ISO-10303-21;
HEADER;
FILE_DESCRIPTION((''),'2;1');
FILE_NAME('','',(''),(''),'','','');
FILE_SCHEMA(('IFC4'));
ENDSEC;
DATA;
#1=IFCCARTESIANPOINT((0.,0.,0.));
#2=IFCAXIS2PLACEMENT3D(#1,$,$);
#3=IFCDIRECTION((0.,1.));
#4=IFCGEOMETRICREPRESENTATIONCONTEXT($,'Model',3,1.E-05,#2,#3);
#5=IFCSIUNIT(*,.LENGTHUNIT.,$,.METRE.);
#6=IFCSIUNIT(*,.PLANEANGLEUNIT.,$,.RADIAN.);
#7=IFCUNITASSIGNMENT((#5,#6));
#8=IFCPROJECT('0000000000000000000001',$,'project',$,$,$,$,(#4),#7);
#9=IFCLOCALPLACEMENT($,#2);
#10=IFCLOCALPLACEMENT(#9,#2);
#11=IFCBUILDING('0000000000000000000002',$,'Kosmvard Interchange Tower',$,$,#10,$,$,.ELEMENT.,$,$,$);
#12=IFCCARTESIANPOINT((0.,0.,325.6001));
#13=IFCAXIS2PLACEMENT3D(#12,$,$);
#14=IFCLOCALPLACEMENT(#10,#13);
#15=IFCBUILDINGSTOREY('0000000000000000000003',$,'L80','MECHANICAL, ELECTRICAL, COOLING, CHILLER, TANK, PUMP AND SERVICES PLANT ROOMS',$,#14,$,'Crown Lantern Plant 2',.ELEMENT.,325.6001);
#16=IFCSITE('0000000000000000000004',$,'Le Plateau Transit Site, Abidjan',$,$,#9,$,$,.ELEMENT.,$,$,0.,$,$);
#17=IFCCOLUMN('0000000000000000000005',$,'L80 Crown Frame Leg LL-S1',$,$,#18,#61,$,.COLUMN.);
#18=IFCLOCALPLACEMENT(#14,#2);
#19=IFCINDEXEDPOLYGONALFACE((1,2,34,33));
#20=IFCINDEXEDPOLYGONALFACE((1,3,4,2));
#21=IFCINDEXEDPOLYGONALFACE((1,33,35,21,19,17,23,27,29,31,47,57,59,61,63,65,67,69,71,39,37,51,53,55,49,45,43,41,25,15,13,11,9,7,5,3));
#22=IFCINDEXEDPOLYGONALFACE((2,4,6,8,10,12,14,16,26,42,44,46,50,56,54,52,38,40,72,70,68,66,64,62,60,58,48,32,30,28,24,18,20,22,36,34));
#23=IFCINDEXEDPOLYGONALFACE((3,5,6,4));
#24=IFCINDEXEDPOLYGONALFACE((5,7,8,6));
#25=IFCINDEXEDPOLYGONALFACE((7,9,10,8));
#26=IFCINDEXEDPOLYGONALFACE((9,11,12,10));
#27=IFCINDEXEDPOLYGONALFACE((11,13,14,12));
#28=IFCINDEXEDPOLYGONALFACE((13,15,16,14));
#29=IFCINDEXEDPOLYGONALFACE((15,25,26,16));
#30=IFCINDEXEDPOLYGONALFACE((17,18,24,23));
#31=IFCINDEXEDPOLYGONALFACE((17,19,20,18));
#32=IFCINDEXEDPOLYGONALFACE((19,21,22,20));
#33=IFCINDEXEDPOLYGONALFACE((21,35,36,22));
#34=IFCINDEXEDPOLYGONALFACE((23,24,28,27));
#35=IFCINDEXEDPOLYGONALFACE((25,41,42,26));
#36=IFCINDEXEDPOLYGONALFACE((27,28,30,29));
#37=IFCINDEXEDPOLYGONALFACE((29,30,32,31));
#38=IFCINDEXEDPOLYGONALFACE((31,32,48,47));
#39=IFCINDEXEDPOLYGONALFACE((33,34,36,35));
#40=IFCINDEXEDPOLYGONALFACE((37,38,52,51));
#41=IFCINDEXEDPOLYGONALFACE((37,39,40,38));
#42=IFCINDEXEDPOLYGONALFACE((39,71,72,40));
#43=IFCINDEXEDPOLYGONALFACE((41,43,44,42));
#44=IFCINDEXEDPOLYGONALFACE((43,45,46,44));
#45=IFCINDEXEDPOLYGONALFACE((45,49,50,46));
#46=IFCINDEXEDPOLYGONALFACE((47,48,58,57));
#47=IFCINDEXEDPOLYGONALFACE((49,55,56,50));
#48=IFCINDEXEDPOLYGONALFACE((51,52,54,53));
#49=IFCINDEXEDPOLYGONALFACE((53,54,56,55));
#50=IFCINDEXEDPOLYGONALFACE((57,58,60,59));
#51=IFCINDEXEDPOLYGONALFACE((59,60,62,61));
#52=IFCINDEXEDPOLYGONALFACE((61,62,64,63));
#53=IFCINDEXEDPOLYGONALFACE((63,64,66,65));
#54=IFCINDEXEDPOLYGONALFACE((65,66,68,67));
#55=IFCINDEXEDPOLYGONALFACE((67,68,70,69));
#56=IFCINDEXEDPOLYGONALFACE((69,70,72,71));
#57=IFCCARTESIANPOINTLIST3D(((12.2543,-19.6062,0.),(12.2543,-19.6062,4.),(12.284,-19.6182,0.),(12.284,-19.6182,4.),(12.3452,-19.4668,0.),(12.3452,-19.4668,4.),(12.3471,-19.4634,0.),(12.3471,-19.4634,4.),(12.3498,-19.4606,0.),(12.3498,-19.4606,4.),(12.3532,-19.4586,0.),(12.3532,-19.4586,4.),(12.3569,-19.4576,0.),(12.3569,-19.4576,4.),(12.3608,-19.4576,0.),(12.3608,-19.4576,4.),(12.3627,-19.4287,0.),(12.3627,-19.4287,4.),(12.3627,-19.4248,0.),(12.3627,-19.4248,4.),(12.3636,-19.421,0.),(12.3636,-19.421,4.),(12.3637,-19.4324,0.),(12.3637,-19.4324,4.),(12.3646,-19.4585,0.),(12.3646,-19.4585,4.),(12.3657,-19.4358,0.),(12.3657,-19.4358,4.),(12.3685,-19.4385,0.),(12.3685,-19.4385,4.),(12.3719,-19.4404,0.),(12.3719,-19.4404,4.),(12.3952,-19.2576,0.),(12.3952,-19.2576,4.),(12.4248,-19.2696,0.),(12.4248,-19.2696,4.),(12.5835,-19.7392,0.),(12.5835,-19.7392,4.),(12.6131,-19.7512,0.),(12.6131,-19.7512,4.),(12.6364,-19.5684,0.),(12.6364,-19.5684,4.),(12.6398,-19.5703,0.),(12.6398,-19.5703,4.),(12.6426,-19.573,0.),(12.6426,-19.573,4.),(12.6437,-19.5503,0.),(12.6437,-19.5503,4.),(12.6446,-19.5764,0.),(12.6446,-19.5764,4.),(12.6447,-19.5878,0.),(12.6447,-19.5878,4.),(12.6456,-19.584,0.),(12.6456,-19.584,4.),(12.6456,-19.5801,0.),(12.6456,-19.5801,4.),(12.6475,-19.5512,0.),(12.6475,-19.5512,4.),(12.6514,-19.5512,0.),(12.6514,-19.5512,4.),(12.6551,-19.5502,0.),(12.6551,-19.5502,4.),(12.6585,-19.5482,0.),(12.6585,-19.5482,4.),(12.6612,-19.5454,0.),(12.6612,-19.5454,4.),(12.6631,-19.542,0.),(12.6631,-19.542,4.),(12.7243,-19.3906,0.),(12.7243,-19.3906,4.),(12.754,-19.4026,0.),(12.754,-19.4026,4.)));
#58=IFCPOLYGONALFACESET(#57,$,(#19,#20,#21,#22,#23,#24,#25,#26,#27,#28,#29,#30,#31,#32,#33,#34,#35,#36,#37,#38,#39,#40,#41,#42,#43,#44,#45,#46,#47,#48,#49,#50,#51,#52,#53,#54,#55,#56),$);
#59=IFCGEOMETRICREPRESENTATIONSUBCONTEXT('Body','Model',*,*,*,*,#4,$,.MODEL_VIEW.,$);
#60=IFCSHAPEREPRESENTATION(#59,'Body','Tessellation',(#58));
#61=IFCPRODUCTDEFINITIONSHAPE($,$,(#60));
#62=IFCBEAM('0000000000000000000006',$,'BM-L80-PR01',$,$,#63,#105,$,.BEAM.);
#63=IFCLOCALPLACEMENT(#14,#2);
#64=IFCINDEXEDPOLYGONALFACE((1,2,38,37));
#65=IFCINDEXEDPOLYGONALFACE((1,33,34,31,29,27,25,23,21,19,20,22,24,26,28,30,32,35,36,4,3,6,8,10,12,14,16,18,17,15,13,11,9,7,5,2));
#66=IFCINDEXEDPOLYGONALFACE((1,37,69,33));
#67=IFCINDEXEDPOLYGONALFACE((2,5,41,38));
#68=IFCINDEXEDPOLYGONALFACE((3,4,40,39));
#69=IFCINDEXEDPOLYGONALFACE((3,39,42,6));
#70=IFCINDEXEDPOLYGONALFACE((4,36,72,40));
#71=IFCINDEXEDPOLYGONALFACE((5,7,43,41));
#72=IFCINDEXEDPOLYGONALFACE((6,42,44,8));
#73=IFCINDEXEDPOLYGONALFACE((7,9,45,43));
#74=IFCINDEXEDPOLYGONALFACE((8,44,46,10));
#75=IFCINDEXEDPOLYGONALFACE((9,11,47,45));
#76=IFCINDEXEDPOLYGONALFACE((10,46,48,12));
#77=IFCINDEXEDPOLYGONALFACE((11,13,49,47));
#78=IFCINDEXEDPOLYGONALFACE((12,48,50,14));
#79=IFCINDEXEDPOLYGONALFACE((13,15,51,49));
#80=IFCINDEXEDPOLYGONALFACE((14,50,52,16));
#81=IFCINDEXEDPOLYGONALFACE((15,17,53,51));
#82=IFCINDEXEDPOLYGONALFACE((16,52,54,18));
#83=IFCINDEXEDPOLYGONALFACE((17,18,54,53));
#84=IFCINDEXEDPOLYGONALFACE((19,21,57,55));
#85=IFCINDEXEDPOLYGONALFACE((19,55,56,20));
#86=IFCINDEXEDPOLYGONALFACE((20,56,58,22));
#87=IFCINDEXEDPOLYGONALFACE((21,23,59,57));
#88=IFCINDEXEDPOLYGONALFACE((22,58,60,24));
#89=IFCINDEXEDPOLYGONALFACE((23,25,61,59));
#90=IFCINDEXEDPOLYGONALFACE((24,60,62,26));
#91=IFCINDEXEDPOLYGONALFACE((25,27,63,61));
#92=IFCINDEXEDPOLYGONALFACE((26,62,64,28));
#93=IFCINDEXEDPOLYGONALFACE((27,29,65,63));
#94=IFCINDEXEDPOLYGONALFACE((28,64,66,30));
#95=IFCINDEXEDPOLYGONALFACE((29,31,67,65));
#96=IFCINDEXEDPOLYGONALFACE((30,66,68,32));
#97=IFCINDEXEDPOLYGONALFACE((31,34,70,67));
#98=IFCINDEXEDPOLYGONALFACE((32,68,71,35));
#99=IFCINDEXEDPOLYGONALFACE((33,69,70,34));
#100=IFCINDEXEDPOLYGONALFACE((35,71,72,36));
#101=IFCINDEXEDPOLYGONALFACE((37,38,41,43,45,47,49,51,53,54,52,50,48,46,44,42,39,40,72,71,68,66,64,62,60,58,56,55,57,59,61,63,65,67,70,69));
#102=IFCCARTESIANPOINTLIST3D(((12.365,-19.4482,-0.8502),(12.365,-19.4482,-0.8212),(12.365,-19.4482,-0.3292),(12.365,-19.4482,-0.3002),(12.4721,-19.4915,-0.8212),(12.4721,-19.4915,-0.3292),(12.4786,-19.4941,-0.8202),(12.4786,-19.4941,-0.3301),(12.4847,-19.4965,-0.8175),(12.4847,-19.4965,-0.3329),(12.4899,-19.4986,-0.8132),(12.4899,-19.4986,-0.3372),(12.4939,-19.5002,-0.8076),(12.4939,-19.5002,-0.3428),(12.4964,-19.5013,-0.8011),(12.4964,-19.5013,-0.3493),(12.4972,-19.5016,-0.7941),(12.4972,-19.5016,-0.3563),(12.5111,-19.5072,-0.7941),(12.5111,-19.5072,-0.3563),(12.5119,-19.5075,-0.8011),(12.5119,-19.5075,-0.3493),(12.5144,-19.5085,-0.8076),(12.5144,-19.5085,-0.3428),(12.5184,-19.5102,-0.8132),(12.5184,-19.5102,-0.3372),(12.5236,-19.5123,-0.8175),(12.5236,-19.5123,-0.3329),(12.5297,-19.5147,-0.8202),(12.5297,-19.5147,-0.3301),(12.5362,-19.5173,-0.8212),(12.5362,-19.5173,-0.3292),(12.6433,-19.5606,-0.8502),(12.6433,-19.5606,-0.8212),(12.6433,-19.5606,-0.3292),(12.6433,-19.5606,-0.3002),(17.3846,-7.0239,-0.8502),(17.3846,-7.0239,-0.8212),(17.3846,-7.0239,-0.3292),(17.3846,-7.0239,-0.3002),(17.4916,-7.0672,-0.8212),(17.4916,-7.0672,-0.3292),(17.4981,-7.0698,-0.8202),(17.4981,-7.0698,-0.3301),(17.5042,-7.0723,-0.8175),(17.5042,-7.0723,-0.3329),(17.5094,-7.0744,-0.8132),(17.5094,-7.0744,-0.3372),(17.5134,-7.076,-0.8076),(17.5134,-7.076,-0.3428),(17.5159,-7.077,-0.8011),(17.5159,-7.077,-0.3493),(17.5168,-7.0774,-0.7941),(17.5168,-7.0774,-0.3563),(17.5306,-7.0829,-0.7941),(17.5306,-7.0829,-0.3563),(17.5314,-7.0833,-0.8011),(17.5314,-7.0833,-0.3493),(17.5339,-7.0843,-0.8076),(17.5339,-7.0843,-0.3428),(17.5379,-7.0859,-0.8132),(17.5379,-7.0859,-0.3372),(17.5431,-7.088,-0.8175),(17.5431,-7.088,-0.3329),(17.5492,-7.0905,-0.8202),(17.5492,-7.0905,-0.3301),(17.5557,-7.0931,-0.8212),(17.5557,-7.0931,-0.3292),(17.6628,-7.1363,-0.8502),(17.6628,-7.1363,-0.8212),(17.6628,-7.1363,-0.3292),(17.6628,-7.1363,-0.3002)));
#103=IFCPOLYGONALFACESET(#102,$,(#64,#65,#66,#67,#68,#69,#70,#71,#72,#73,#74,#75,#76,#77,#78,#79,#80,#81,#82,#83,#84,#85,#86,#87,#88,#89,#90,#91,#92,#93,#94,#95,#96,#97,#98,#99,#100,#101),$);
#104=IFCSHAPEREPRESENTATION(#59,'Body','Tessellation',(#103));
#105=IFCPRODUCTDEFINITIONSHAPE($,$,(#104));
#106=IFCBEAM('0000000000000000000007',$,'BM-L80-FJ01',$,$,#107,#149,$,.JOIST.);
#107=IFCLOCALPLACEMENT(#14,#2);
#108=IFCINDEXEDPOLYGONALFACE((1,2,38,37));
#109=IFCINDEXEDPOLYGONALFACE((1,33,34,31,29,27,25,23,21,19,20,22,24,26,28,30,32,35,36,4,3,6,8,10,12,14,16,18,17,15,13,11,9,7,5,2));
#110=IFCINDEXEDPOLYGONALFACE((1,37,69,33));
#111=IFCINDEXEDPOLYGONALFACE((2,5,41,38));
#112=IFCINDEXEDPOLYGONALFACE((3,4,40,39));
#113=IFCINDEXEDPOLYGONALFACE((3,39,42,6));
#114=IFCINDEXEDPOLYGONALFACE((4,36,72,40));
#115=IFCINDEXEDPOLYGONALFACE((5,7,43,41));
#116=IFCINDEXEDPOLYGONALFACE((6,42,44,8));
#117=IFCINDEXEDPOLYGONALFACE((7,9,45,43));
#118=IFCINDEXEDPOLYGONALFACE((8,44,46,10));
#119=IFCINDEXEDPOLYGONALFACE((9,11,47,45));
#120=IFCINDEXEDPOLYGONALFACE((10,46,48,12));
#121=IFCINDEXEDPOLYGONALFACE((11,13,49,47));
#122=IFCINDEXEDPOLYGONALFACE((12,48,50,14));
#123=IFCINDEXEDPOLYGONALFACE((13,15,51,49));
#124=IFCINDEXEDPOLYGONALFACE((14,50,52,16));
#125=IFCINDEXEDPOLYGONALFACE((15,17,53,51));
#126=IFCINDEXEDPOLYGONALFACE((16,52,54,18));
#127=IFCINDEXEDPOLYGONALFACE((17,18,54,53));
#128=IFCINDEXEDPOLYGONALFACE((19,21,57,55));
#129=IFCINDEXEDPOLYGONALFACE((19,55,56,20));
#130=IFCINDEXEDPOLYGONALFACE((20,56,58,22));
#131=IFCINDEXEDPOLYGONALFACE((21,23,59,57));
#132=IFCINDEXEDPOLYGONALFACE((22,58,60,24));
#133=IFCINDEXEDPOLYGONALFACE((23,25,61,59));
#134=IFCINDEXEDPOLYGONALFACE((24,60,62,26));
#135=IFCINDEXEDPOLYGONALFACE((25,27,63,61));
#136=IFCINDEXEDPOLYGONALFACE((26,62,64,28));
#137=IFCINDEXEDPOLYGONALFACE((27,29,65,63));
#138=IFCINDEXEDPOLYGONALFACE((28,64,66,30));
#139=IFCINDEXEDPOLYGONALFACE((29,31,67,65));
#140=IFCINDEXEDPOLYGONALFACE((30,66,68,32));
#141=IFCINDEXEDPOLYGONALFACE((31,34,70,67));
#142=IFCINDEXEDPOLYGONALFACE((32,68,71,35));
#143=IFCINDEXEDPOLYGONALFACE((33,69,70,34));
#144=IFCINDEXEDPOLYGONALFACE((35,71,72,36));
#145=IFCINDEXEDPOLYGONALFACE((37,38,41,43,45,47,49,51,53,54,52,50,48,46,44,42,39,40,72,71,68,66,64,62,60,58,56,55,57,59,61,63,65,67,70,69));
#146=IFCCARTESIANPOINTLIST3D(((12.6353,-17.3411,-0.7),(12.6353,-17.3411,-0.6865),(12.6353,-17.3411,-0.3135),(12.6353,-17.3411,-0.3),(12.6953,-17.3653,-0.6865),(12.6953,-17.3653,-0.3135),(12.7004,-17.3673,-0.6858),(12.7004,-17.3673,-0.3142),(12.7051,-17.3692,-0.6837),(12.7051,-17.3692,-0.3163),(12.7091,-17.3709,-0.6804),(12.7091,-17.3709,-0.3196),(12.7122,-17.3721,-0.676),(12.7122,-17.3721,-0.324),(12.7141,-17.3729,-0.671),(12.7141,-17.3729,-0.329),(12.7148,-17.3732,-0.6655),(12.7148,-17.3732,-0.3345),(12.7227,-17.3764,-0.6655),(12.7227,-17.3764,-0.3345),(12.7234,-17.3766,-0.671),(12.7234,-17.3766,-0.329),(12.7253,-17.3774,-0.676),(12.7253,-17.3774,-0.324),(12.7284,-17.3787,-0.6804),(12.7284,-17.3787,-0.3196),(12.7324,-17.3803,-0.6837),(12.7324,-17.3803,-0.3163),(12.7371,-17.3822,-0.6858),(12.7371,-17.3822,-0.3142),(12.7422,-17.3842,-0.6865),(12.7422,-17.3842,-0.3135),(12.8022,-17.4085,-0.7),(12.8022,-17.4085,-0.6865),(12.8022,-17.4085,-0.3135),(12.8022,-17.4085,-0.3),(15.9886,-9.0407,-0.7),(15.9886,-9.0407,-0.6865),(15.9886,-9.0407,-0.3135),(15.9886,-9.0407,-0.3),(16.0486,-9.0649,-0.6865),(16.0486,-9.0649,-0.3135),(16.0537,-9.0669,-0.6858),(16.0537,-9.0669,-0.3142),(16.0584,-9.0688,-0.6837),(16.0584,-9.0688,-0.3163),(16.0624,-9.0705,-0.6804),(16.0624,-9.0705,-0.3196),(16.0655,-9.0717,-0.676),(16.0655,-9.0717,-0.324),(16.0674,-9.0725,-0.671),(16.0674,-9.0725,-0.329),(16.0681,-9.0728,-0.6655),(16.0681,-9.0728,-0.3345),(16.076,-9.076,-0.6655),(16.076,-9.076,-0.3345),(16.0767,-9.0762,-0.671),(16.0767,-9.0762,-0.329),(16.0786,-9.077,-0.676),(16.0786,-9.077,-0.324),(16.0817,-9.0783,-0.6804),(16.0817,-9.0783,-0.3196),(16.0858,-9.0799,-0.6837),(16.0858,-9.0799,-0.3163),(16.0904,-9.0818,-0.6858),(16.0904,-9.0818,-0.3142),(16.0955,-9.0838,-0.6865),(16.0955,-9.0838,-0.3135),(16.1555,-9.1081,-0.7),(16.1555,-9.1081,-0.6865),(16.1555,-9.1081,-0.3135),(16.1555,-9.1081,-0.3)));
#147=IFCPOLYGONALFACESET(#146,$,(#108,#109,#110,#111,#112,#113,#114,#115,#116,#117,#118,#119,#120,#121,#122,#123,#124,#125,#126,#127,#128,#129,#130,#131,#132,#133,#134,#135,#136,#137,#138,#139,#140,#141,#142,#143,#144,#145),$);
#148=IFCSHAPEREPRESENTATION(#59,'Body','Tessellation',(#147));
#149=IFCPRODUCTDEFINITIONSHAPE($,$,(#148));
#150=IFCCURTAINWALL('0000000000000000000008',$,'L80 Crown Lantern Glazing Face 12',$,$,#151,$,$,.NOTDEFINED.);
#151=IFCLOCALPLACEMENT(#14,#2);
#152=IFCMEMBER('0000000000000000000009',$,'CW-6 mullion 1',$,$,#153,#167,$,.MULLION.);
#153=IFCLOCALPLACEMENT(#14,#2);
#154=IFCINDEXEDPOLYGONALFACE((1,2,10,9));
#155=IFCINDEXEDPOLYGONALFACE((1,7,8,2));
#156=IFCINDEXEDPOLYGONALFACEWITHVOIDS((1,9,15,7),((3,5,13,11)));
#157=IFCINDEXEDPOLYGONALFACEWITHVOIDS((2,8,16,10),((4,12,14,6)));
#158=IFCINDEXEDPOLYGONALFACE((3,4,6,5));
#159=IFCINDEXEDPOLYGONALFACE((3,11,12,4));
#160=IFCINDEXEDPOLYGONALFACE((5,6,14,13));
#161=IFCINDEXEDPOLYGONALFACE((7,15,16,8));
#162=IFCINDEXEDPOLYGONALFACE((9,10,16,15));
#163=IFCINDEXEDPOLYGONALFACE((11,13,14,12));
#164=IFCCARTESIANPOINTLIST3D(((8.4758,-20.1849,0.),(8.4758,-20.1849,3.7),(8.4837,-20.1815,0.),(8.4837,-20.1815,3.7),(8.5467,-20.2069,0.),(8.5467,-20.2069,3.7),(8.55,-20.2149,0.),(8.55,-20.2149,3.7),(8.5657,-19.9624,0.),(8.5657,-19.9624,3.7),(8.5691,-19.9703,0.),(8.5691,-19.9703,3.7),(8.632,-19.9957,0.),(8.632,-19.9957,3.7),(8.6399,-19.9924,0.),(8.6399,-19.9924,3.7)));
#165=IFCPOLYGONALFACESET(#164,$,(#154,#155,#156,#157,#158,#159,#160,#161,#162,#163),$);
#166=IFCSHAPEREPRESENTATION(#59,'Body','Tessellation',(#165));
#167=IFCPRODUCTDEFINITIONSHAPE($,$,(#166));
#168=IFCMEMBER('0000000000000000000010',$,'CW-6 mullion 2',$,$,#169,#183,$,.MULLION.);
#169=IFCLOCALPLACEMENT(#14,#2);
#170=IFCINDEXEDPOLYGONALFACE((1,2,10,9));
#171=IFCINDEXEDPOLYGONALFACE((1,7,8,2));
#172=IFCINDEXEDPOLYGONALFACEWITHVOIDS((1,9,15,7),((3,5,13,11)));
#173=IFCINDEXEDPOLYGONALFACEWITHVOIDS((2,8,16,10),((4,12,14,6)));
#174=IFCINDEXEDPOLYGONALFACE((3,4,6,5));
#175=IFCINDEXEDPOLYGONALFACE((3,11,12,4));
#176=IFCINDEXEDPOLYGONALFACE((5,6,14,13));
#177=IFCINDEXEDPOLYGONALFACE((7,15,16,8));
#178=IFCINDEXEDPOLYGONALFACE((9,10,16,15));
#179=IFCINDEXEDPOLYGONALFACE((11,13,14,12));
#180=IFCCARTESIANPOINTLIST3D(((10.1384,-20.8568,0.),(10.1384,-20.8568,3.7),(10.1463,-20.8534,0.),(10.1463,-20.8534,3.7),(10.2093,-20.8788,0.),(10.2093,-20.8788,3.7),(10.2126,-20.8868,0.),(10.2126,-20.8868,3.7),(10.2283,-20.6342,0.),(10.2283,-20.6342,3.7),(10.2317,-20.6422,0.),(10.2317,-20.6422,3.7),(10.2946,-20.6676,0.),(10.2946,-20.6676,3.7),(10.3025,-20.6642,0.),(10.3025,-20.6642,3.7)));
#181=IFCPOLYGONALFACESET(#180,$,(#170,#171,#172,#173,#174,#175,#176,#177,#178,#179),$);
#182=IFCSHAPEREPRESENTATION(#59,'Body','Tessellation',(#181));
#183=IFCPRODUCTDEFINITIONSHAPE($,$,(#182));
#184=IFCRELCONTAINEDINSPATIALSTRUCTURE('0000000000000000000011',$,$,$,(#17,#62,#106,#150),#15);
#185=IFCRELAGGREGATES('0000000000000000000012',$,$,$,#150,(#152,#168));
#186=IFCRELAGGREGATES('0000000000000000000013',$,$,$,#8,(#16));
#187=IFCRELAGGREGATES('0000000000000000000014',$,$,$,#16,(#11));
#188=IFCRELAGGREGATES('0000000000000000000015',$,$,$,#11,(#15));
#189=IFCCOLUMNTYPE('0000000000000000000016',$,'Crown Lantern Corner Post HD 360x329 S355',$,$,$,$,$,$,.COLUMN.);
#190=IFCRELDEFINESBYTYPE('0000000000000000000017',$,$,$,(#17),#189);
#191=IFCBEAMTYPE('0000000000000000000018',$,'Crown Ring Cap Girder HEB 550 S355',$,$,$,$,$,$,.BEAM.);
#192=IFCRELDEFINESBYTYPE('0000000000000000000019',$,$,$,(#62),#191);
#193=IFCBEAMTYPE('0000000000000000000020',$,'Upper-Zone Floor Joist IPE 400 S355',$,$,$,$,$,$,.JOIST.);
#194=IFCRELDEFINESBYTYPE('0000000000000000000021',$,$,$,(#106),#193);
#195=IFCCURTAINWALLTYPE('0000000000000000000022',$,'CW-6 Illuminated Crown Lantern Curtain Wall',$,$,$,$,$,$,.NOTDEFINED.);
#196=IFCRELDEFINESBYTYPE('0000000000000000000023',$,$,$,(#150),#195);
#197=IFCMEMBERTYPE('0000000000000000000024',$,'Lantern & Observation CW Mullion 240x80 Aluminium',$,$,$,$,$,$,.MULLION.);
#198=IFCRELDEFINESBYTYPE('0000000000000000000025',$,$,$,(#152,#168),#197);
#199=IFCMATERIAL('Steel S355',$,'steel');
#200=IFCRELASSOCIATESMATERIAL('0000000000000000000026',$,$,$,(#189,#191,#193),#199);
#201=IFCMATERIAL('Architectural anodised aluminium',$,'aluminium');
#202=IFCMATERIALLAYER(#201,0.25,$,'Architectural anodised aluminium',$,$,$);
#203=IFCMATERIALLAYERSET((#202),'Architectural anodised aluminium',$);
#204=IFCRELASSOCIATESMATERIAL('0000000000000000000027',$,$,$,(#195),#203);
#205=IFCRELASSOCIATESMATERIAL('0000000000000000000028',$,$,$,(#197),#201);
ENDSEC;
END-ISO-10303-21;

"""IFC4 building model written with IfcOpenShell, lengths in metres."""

from ifc_helpers import new_model, si_unit, direction, frame, origin, origin_2d, place, context, subcontext, project, spatial, hollow_rectangle, i_section, extrude, source, transform, mapped, material, layer, layer_set, material_profile, profile_set, type_object, element, aggregate, save


model = new_model("IFC4")

# Units and contexts
model_context = context("Model", 3, precision=1e-05, world=origin(), true_north=direction((0.0, 1.0)))
body_context = subcontext(model_context, "Body", "Model", "MODEL_VIEW")
ifc_project = project(units=[si_unit("LENGTHUNIT", "METRE"), si_unit("PLANEANGLEUNIT", "RADIAN")], contexts=[model_context])

# Site, building, storey
site_placement = place(None, origin())
site = spatial("IfcSite", under=ifc_project, at=site_placement, Name="Le Plateau Transit Site, Abidjan", CompositionType="ELEMENT", RefElevation=0.0)
building_placement = place(site_placement, origin())
building = spatial("IfcBuilding", under=site, at=building_placement, Name="Kosmvard Interchange Tower", CompositionType="ELEMENT")
storey_placement = place(building_placement, frame((0.0, 0.0, 325.6001)))
storey = spatial("IfcBuildingStorey", under=building, at=storey_placement, Name="L80", Description="MECHANICAL, ELECTRICAL, COOLING, CHILLER, TANK, PUMP AND SERVICES PLANT ROOMS", LongName="Crown Lantern Plant 2", CompositionType="ELEMENT", Elevation=325.6001)

# Column
ifc_material_1 = material(Name="Steel S355", Category="steel")
ifc_material_profile_1 = material_profile(ifc_material_1, i_section(OverallWidth=0.376, OverallDepth=0.387, WebThickness=0.0195, FlangeThickness=0.032, FilletRadius=0.0149, at=origin_2d()), Name="HD 360x329")
ifc_profile_set_1 = profile_set([ifc_material_profile_1], Name="Steel S355")
column_type = type_object("IfcColumnType", Name="Crown Lantern Corner Post HD 360x329 S355", PredefinedType="COLUMN", material=ifc_profile_set_1)
shared_shape_1 = source(origin(), body_context, "Body", "SweptSolid", [
    extrude(i_section(OverallWidth=0.376, OverallDepth=0.387, WebThickness=0.0195, FlangeThickness=0.032, FilletRadius=0.0149, at=origin_2d()), origin(), (0.0, 0.0, 1.0), 4.0),
])
column_placement = place(storey_placement, frame((12.5042, -19.5044, 0.0), z_axis=(0.0, 0.0, 1.0), x_axis=(0.374607, 0.927184, 0.0)))
element("IfcColumn", 1, at=column_placement, inside=storey, type_object=column_type, Name="L80 Crown Frame Leg LL-S1", PredefinedType="COLUMN", context=body_context, shape_type="MappedRepresentation", body=[
    mapped(shared_shape_1, transform((0.0, 0.0, 0.0), scale=1.0)),
])

# Beams
ifc_material_profile_2 = material_profile(ifc_material_1, i_section(OverallWidth=0.3, OverallDepth=0.55, WebThickness=0.0149, FlangeThickness=0.0291, FilletRadius=0.0271, at=origin_2d()), Name="HEB 550")
ifc_profile_set_2 = profile_set([ifc_material_profile_2], Name="Steel S355")
beam_type_1 = type_object("IfcBeamType", Name="Crown Ring Cap Girder HEB 550 S355", PredefinedType="BEAM", material=ifc_profile_set_2)
shared_shape_2 = source(origin(), body_context, "Body", "SweptSolid", [
    extrude(i_section(OverallWidth=0.3, OverallDepth=0.55, WebThickness=0.0149, FlangeThickness=0.0291, FilletRadius=0.0271, at=origin_2d()), origin(), (0.0, 0.0, 1.0), 13.3999),
])
beam_1_placement = place(storey_placement, frame((12.5042, -19.5044, -0.5752), z_axis=(0.374593, 0.92719, 0.0), x_axis=(-0.92719, 0.374593, 0.0)))
element("IfcBeam", 2, at=beam_1_placement, inside=storey, type_object=beam_type_1, Name="BM-L80-PR01", PredefinedType="BEAM", context=body_context, shape_type="MappedRepresentation", body=[
    mapped(shared_shape_2, transform((0.0, 0.0, 0.0), scale=1.0)),
])
ifc_material_profile_3 = material_profile(ifc_material_1, i_section(OverallWidth=0.1799, OverallDepth=0.3999, WebThickness=0.0085, FlangeThickness=0.0134, FilletRadius=0.021, at=origin_2d()), Name="IPE 400")
ifc_profile_set_3 = profile_set([ifc_material_profile_3], Name="Steel S355")
beam_type_2 = type_object("IfcBeamType", Name="Upper-Zone Floor Joist IPE 400 S355", PredefinedType="JOIST", material=ifc_profile_set_3)
shared_shape_3 = source(origin(), body_context, "Body", "SweptSolid", [
    extrude(i_section(OverallWidth=0.1799, OverallDepth=0.3999, WebThickness=0.0085, FlangeThickness=0.0134, FilletRadius=0.021, at=origin_2d()), origin(), (0.0, 0.0, 1.0), 8.9521),
])
beam_2_placement = place(storey_placement, frame((12.7188, -17.3748, -0.5), z_axis=(0.374581, 0.927194, 0.0), x_axis=(-0.927194, 0.374581, 0.0)))
element("IfcBeam", 3, at=beam_2_placement, inside=storey, type_object=beam_type_2, Name="BM-L80-FJ01", PredefinedType="JOIST", context=body_context, shape_type="MappedRepresentation", body=[
    mapped(shared_shape_3, transform((0.0, 0.0, 0.0), scale=1.0)),
])

# Curtain wall, members
ifc_material_2 = material(Name="Architectural anodised aluminium", Category="aluminium")
ifc_layer_1 = layer(ifc_material_2, 0.25, Name="Architectural anodised aluminium")
ifc_layer_set_1 = layer_set([ifc_layer_1], Name="Architectural anodised aluminium")
curtain_wall_type = type_object("IfcCurtainWallType", Name="CW-6 Illuminated Crown Lantern Curtain Wall", PredefinedType="NOTDEFINED", material=ifc_layer_set_1)
curtain_wall_placement = place(storey_placement, origin())
curtain_wall = element("IfcCurtainWall", 4, at=curtain_wall_placement, inside=storey, type_object=curtain_wall_type, Name="L80 Crown Lantern Glazing Face 12", PredefinedType="NOTDEFINED")
ifc_material_profile_4 = material_profile(ifc_material_2, hollow_rectangle(XDim=0.24, YDim=0.0801, WallThickness=0.0061, at=origin_2d()), Name="CWM 240x80x6")
ifc_profile_set_4 = profile_set([ifc_material_profile_4], Name="Architectural anodised aluminium")
member_type_1 = type_object("IfcMemberType", Name="Lantern & Observation CW Mullion 240x80 Aluminium", PredefinedType="MULLION", material=ifc_profile_set_4)
shared_shape_4 = source(origin(), body_context, "Body", "SweptSolid", [
    extrude(hollow_rectangle(XDim=0.24, YDim=0.0801, WallThickness=0.0061, at=origin_2d()), origin(), (0.0, 0.0, 1.0), 3.7),
])
member_1_placement = place(storey_placement, frame((8.5579, -20.0886, 0.0), z_axis=(0.0, 0.0, 1.0), x_axis=(0.374607, 0.927184, 0.0)))
member_1 = element("IfcMember", 5, at=member_1_placement, type_object=member_type_1, Name="CW-6 mullion 1", PredefinedType="MULLION", context=body_context, shape_type="MappedRepresentation", body=[
    mapped(shared_shape_4, transform((0.0, 0.0, 0.0), scale=1.0)),
])
member_2_placement = place(storey_placement, frame((10.2205, -20.7605, 0.0), z_axis=(0.0, 0.0, 1.0), x_axis=(0.374607, 0.927184, 0.0)))
member_2 = element("IfcMember", 6, at=member_2_placement, type_object=member_type_1, Name="CW-6 mullion 2", PredefinedType="MULLION", context=body_context, shape_type="MappedRepresentation", body=[
    mapped(shared_shape_4, transform((0.0, 0.0, 0.0), scale=1.0)),
])

aggregate(curtain_wall, [member_1, member_2])

save(model, "model.ifc")
